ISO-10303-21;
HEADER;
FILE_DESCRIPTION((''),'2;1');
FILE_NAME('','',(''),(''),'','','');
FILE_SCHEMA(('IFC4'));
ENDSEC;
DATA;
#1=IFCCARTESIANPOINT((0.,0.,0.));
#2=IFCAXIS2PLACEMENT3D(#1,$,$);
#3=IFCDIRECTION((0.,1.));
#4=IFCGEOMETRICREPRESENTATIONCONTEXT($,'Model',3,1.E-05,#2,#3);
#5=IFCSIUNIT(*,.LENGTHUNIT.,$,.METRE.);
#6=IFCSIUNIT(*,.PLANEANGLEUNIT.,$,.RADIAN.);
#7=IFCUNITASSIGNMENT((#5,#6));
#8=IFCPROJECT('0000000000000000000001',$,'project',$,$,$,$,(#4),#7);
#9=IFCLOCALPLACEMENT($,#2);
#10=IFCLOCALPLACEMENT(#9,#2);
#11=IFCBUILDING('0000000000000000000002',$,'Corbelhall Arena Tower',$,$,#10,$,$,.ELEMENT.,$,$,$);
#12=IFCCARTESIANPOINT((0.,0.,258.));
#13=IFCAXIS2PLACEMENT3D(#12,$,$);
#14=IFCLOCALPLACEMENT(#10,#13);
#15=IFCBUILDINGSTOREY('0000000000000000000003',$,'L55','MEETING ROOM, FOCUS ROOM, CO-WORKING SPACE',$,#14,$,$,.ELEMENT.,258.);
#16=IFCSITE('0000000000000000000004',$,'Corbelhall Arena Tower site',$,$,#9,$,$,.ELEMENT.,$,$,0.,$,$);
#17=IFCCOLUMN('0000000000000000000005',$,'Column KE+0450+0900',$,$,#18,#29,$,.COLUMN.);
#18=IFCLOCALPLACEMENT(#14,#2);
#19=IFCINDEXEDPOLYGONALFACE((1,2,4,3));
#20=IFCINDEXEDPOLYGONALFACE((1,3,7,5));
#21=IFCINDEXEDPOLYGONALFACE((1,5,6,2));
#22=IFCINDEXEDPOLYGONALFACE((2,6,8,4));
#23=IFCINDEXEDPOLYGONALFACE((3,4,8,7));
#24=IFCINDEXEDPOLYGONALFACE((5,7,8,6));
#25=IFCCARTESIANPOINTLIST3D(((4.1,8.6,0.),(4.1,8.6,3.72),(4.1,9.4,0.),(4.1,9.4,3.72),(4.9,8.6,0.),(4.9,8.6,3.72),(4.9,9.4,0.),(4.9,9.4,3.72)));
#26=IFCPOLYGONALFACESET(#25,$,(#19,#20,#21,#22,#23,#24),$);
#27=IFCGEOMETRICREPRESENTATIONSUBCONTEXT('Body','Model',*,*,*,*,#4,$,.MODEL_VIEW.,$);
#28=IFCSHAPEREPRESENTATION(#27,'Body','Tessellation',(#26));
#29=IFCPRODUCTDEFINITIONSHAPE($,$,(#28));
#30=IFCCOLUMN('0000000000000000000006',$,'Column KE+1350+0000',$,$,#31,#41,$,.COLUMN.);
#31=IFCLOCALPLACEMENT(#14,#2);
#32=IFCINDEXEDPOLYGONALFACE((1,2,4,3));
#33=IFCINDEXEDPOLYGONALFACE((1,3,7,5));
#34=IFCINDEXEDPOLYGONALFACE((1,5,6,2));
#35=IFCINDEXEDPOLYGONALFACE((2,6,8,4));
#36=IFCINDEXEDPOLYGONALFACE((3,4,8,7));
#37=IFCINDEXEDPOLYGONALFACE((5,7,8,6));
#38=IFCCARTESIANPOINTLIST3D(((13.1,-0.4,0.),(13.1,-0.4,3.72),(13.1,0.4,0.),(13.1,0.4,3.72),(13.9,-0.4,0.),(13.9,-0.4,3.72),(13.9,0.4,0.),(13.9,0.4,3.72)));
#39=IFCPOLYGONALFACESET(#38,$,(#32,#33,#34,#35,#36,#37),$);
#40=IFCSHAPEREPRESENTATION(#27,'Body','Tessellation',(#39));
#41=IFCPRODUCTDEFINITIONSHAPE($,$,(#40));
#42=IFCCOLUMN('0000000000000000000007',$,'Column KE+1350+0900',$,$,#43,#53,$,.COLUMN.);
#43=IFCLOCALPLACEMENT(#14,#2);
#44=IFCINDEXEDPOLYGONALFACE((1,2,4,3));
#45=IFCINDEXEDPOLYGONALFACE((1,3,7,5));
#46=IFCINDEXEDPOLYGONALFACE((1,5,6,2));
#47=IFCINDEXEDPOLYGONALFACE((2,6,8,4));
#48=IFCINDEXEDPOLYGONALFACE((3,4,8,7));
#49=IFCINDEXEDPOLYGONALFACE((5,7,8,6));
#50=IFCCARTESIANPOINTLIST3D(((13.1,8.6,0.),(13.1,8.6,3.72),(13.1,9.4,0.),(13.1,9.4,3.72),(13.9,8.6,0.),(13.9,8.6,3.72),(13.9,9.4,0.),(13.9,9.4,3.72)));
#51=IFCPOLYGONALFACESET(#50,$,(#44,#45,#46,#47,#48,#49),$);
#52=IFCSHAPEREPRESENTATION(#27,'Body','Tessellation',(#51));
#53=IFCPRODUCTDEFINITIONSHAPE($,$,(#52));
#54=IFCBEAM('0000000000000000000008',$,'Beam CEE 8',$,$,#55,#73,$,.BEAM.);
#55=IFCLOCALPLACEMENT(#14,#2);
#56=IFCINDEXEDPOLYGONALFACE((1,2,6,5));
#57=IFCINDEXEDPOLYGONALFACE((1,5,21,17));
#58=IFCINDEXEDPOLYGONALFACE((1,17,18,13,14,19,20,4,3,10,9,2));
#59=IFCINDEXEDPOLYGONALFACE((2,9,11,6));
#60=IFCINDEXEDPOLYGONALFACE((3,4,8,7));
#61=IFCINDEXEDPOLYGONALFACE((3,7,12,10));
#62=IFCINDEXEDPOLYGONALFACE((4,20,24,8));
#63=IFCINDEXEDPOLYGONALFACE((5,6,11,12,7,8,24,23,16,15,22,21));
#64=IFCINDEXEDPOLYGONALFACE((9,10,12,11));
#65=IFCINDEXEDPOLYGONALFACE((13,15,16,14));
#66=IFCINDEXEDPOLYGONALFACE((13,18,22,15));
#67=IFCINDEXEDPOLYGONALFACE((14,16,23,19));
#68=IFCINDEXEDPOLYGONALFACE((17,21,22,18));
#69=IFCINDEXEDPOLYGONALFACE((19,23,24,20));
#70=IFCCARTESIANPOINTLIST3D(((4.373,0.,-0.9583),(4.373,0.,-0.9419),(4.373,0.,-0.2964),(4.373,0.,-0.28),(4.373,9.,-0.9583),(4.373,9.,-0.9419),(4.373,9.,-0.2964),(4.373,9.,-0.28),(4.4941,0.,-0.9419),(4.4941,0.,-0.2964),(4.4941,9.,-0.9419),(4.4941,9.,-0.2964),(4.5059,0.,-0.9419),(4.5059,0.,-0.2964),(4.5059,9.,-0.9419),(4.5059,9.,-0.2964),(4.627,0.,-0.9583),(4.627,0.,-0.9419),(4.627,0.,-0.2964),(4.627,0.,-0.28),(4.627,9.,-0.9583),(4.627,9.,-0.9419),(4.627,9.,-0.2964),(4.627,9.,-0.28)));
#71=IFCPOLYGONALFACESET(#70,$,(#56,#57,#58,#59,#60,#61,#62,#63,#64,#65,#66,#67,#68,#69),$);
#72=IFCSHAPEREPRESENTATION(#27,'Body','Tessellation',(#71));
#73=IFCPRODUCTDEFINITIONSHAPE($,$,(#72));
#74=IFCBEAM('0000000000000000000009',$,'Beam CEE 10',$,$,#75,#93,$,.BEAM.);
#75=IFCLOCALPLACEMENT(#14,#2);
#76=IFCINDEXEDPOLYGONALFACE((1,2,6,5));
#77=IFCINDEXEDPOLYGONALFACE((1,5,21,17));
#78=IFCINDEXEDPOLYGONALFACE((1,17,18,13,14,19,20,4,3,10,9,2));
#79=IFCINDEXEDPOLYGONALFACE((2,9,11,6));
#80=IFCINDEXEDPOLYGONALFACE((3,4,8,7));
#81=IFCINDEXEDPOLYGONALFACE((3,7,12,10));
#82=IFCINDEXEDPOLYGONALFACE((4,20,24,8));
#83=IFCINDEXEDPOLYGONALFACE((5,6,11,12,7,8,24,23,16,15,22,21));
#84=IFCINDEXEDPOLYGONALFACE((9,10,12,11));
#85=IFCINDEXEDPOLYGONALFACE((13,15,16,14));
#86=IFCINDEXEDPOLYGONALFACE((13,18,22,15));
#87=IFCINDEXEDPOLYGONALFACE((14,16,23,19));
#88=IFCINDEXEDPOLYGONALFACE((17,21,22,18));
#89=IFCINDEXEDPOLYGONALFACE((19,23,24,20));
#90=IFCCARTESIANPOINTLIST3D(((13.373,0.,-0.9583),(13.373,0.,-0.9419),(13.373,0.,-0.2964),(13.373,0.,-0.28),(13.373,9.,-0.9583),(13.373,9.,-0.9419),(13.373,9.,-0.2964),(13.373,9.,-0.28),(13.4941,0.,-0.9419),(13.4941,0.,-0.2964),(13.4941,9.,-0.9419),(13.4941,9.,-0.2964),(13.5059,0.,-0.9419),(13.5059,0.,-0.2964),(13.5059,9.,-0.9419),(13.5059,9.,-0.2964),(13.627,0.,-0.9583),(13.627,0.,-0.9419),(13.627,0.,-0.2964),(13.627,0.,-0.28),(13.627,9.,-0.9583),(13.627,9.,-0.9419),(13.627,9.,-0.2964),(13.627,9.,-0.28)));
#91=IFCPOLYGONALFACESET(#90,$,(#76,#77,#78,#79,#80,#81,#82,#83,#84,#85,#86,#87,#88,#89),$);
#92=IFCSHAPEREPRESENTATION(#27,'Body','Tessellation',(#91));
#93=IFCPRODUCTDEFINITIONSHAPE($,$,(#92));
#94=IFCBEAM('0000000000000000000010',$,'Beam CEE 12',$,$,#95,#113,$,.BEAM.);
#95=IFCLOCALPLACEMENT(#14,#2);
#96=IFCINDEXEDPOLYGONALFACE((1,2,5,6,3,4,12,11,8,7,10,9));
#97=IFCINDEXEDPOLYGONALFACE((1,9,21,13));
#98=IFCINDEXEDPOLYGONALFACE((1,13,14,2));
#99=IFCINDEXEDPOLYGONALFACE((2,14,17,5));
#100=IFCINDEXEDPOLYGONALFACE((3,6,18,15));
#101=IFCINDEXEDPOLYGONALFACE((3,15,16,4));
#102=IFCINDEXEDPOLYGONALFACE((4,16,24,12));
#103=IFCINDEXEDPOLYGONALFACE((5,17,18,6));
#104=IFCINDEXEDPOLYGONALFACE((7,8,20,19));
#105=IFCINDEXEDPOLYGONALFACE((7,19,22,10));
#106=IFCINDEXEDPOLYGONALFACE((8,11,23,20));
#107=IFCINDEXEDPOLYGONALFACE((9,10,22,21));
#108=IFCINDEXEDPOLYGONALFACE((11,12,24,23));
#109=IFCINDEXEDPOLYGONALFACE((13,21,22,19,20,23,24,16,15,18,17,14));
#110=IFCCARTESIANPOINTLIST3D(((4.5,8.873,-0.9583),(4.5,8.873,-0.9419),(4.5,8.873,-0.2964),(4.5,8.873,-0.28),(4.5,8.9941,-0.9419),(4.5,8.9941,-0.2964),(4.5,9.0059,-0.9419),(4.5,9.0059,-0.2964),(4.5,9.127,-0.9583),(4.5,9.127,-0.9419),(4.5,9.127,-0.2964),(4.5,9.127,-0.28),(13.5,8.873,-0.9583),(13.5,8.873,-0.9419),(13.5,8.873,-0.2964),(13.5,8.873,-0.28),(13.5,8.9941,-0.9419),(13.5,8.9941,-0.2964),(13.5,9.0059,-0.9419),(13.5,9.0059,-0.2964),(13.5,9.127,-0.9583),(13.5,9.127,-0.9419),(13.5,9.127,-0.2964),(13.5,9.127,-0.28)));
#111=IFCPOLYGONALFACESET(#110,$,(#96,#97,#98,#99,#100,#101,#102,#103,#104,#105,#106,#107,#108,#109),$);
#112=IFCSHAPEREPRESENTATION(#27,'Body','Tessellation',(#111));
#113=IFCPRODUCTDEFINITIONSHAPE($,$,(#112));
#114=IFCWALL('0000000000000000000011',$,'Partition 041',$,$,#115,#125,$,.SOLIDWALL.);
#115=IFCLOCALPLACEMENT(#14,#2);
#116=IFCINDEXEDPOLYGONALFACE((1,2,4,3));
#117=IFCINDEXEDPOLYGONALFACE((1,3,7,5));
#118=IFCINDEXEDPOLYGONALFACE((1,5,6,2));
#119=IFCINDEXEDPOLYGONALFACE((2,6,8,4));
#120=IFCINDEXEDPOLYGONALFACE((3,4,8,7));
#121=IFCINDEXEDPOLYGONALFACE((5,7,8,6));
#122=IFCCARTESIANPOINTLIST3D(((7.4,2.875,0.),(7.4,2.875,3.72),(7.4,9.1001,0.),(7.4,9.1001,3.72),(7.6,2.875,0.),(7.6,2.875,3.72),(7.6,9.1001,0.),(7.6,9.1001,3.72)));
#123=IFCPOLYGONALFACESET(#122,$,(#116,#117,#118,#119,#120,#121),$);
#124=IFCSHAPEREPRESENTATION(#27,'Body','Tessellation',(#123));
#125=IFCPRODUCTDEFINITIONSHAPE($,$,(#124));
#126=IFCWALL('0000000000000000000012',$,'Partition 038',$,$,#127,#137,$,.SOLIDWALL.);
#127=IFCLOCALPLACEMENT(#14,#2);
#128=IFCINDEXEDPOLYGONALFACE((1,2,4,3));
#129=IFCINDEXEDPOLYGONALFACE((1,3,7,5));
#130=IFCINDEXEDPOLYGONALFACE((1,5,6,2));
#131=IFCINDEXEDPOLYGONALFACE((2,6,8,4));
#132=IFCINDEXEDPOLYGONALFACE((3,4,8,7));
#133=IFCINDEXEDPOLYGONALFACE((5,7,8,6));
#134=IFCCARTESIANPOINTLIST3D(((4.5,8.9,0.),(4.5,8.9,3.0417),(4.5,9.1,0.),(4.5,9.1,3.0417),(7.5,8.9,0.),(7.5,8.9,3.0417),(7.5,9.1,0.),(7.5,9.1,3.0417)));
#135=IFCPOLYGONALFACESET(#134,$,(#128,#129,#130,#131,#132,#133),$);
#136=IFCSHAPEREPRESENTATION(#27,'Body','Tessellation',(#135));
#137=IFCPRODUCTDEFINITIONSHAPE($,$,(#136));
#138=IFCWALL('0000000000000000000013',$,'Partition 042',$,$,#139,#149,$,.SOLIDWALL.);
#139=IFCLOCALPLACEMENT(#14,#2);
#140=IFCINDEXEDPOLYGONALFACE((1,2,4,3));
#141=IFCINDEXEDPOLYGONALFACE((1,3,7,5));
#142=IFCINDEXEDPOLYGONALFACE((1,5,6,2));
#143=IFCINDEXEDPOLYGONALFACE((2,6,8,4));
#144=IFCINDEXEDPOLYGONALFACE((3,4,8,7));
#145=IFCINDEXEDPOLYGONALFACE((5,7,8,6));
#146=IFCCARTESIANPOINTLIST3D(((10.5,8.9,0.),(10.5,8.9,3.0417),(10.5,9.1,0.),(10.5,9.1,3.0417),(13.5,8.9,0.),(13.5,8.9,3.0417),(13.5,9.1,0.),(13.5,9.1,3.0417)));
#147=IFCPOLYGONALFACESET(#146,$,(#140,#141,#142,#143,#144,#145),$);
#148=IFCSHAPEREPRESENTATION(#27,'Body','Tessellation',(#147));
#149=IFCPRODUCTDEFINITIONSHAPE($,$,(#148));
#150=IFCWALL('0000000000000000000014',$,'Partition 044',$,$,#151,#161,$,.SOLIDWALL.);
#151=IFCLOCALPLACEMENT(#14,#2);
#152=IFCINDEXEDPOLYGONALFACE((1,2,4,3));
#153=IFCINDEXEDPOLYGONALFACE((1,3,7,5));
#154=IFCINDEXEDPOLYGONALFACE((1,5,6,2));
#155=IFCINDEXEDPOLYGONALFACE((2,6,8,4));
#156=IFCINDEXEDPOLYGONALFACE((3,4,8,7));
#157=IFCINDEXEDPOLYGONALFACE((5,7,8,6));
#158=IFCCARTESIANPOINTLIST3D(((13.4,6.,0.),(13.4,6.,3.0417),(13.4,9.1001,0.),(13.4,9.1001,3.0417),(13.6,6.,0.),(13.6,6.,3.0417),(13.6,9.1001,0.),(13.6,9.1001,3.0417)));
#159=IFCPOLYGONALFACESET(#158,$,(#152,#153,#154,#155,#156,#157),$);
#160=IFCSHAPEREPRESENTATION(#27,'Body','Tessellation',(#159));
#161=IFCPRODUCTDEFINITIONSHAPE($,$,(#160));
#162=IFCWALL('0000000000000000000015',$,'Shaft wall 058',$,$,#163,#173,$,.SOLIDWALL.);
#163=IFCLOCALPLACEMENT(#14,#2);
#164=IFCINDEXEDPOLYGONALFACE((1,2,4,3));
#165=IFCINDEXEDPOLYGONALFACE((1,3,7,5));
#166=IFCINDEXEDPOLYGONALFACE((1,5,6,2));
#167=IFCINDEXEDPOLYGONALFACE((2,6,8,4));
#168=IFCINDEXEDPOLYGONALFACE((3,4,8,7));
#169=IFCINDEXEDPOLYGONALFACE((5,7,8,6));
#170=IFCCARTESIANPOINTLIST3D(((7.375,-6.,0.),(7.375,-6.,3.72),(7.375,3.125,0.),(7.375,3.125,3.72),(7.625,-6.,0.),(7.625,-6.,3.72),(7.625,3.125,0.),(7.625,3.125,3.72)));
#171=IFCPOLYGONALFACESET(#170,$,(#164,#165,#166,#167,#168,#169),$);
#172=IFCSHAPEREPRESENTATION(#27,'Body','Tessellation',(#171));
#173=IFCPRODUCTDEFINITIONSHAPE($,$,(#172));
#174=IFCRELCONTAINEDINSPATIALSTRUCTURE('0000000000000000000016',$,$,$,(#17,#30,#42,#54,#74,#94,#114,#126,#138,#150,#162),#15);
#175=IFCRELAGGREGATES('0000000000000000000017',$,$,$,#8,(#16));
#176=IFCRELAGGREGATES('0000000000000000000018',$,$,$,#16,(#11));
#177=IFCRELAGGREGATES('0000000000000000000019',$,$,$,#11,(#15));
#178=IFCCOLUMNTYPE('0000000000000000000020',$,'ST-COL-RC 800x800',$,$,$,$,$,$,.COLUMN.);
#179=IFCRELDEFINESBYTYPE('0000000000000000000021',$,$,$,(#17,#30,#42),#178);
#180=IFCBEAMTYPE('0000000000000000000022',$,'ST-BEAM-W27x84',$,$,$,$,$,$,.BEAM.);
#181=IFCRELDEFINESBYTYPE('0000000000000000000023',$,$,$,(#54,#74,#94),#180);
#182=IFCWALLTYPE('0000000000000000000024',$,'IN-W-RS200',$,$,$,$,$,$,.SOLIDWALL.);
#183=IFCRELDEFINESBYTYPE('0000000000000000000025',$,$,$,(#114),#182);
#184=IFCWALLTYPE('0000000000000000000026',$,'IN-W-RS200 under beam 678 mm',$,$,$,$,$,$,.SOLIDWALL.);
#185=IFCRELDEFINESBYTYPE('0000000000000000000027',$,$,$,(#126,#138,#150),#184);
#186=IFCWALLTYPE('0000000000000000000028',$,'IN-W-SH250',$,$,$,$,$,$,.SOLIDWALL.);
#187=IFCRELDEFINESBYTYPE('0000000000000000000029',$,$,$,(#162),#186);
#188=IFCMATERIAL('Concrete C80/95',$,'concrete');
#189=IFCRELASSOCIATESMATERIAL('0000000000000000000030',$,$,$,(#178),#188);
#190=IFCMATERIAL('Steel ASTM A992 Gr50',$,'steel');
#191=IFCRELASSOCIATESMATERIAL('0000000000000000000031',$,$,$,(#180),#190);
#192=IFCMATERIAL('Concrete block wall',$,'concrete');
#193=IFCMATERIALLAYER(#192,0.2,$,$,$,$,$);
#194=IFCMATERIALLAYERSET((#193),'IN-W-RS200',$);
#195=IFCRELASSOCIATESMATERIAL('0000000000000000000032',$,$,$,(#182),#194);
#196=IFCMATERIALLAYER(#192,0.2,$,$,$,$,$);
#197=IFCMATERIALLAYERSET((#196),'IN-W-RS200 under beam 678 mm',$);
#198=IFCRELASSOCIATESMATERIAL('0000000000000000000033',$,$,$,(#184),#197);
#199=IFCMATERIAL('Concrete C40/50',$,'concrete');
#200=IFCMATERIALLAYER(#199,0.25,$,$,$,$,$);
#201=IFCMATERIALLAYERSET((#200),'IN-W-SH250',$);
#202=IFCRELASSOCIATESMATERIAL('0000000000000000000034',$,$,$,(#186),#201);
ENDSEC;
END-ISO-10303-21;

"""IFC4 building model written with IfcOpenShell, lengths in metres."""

from ifc_helpers import new_model, si_unit, direction, frame, frame_2d, origin, origin_2d, place, context, subcontext, project, spatial, rectangle, i_section, extrude, material, layer, layer_set, material_profile, profile_set, type_object, element, save


model = new_model("IFC4")

# Units and contexts
model_context = context("Model", 3, precision=1e-05, world=origin(), true_north=direction((0.0, 1.0)))
body_context = subcontext(model_context, "Body", "Model", "MODEL_VIEW")
ifc_project = project(units=[si_unit("LENGTHUNIT", "METRE"), si_unit("PLANEANGLEUNIT", "RADIAN")], contexts=[model_context])

# Site, building, storey
site_placement = place(None, origin())
site = spatial("IfcSite", under=ifc_project, at=site_placement, Name="Corbelhall Arena Tower site", CompositionType="ELEMENT", RefElevation=0.0)
building_placement = place(site_placement, origin())
building = spatial("IfcBuilding", under=site, at=building_placement, Name="Corbelhall Arena Tower", CompositionType="ELEMENT")
storey_placement = place(building_placement, frame((0.0, 0.0, 258.0)))
storey = spatial("IfcBuildingStorey", under=building, at=storey_placement, Name="L55", Description="MEETING ROOM, FOCUS ROOM, CO-WORKING SPACE", CompositionType="ELEMENT", Elevation=258.0)

# Columns
ifc_material_1 = material(Name="Concrete C80/95", Category="concrete")
ifc_material_profile_1 = material_profile(ifc_material_1, rectangle(XDim=0.8, YDim=0.8, at=origin_2d()))
ifc_profile_set_1 = profile_set([ifc_material_profile_1], Name="Concrete C80/95")
column_type = type_object("IfcColumnType", Name="ST-COL-RC 800x800", PredefinedType="COLUMN", material=ifc_profile_set_1)
for number, where, z_axis, x_axis, name in (
    (1, (4.5, 9.0, 0.0), (0.0, 0.0, 1.0), (1.0, 0.0, 0.0), "Column KE+0450+0900"),
    (2, (13.5, 0.0, 0.0), (0.0, 0.0, 1.0), (1.0, 0.0, 0.0), "Column KE+1350+0000"),
    (3, (13.5, 9.0, 0.0), (0.0, 0.0, 1.0), (1.0, 0.0, 0.0), "Column KE+1350+0900"),
):
    element("IfcColumn", number, at=place(storey_placement, frame(where, z_axis=z_axis, x_axis=x_axis)), inside=storey, type_object=column_type, Name=name, PredefinedType="COLUMN", context=body_context, shape_type="SweptSolid", body=[
        extrude(rectangle(XDim=0.8, YDim=0.8, at=origin_2d()), origin(), (0.0, 0.0, 1.0), 3.72),
    ])

# Beams
ifc_material_2 = material(Name="Steel ASTM A992 Gr50", Category="steel")
ifc_material_profile_2 = material_profile(ifc_material_2, i_section(OverallWidth=0.2539, OverallDepth=0.6782, WebThickness=0.0117, FlangeThickness=0.0164, at=origin_2d()))
ifc_profile_set_2 = profile_set([ifc_material_profile_2], Name="Steel ASTM A992 Gr50")
beam_type = type_object("IfcBeamType", Name="ST-BEAM-W27x84", PredefinedType="BEAM", material=ifc_profile_set_2)
for number, where, z_axis, x_axis, name in (
    (4, (4.5, 0.0, -0.6191), (0.0, 1.0, 0.0), (-1.0, 0.0, 0.0), "Beam CEE 8"),
    (5, (13.5, 0.0, -0.6191), (0.0, 1.0, 0.0), (-1.0, 0.0, 0.0), "Beam CEE 10"),
    (6, (4.5, 9.0, -0.6191), (1.0, 0.0, 0.0), (0.0, 1.0, 0.0), "Beam CEE 12"),
):
    element("IfcBeam", number, at=place(storey_placement, frame(where, z_axis=z_axis, x_axis=x_axis)), inside=storey, type_object=beam_type, Name=name, PredefinedType="BEAM", context=body_context, shape_type="SweptSolid", body=[
        extrude(i_section(OverallWidth=0.2539, OverallDepth=0.6782, WebThickness=0.0117, FlangeThickness=0.0164, at=origin_2d()), origin(), (0.0, 0.0, 1.0), 9.0),
    ])

# Wall
ifc_material_3 = material(Name="Concrete block wall", Category="concrete")
ifc_layer_1 = layer(ifc_material_3, 0.2)
ifc_layer_set_1 = layer_set([ifc_layer_1], Name="IN-W-RS200")
wall_type_1 = type_object("IfcWallType", Name="IN-W-RS200", PredefinedType="SOLIDWALL", material=ifc_layer_set_1)
wall_1_placement = place(storey_placement, frame((7.5, 9.1001, 0.0), z_axis=(0.0, 0.0, 1.0), x_axis=(0.0, -1.0, 0.0)))
element("IfcWall", 7, at=wall_1_placement, inside=storey, type_object=wall_type_1, Name="Partition 041", PredefinedType="SOLIDWALL", context=body_context, shape_type="SweptSolid", body=[
    extrude(rectangle(XDim=6.2251, YDim=0.2, at=frame_2d((3.1125, 0.0))), origin(), (0.0, 0.0, 1.0), 3.72),
])

# Shared definitions
ifc_layer_2 = layer(ifc_material_3, 0.2)
ifc_layer_set_2 = layer_set([ifc_layer_2], Name="IN-W-RS200 under beam 678 mm")
wall_type_2 = type_object("IfcWallType", Name="IN-W-RS200 under beam 678 mm", PredefinedType="SOLIDWALL", material=ifc_layer_set_2)

# Walls
for number, where, z_axis, x_axis, name in (
    (8, (4.5, 9.0, 0.0), (0.0, 0.0, 1.0), (1.0, 0.0, 0.0), "Partition 038"),
    (9, (10.5, 9.0, 0.0), (0.0, 0.0, 1.0), (1.0, 0.0, 0.0), "Partition 042"),
):
    element("IfcWall", number, at=place(storey_placement, frame(where, z_axis=z_axis, x_axis=x_axis)), inside=storey, type_object=wall_type_2, Name=name, PredefinedType="SOLIDWALL", context=body_context, shape_type="SweptSolid", body=[
        extrude(rectangle(XDim=3.0, YDim=0.2, at=frame_2d((1.5, 0.0))), origin(), (0.0, 0.0, 1.0), 3.0417),
    ])
wall_2_placement = place(storey_placement, frame((13.5, 9.1001, 0.0), z_axis=(0.0, 0.0, 1.0), x_axis=(0.0, -1.0, 0.0)))
element("IfcWall", 10, at=wall_2_placement, inside=storey, type_object=wall_type_2, Name="Partition 044", PredefinedType="SOLIDWALL", context=body_context, shape_type="SweptSolid", body=[
    extrude(rectangle(XDim=3.1001, YDim=0.2, at=frame_2d((1.55, 0.0))), origin(), (0.0, 0.0, 1.0), 3.0417),
])
ifc_material_4 = material(Name="Concrete C40/50", Category="concrete")
ifc_layer_3 = layer(ifc_material_4, 0.25)
ifc_layer_set_3 = layer_set([ifc_layer_3], Name="IN-W-SH250")
wall_type_3 = type_object("IfcWallType", Name="IN-W-SH250", PredefinedType="SOLIDWALL", material=ifc_layer_set_3)
wall_3_placement = place(storey_placement, frame((7.5, 3.125, 0.0), z_axis=(0.0, 0.0, 1.0), x_axis=(0.0, -1.0, 0.0)))
element("IfcWall", 11, at=wall_3_placement, inside=storey, type_object=wall_type_3, Name="Shaft wall 058", PredefinedType="SOLIDWALL", context=body_context, shape_type="SweptSolid", body=[
    extrude(rectangle(XDim=9.125, YDim=0.25, at=frame_2d((4.5625, 0.0))), origin(), (0.0, 0.0, 1.0), 3.72),
])

save(model, "model.ifc")
